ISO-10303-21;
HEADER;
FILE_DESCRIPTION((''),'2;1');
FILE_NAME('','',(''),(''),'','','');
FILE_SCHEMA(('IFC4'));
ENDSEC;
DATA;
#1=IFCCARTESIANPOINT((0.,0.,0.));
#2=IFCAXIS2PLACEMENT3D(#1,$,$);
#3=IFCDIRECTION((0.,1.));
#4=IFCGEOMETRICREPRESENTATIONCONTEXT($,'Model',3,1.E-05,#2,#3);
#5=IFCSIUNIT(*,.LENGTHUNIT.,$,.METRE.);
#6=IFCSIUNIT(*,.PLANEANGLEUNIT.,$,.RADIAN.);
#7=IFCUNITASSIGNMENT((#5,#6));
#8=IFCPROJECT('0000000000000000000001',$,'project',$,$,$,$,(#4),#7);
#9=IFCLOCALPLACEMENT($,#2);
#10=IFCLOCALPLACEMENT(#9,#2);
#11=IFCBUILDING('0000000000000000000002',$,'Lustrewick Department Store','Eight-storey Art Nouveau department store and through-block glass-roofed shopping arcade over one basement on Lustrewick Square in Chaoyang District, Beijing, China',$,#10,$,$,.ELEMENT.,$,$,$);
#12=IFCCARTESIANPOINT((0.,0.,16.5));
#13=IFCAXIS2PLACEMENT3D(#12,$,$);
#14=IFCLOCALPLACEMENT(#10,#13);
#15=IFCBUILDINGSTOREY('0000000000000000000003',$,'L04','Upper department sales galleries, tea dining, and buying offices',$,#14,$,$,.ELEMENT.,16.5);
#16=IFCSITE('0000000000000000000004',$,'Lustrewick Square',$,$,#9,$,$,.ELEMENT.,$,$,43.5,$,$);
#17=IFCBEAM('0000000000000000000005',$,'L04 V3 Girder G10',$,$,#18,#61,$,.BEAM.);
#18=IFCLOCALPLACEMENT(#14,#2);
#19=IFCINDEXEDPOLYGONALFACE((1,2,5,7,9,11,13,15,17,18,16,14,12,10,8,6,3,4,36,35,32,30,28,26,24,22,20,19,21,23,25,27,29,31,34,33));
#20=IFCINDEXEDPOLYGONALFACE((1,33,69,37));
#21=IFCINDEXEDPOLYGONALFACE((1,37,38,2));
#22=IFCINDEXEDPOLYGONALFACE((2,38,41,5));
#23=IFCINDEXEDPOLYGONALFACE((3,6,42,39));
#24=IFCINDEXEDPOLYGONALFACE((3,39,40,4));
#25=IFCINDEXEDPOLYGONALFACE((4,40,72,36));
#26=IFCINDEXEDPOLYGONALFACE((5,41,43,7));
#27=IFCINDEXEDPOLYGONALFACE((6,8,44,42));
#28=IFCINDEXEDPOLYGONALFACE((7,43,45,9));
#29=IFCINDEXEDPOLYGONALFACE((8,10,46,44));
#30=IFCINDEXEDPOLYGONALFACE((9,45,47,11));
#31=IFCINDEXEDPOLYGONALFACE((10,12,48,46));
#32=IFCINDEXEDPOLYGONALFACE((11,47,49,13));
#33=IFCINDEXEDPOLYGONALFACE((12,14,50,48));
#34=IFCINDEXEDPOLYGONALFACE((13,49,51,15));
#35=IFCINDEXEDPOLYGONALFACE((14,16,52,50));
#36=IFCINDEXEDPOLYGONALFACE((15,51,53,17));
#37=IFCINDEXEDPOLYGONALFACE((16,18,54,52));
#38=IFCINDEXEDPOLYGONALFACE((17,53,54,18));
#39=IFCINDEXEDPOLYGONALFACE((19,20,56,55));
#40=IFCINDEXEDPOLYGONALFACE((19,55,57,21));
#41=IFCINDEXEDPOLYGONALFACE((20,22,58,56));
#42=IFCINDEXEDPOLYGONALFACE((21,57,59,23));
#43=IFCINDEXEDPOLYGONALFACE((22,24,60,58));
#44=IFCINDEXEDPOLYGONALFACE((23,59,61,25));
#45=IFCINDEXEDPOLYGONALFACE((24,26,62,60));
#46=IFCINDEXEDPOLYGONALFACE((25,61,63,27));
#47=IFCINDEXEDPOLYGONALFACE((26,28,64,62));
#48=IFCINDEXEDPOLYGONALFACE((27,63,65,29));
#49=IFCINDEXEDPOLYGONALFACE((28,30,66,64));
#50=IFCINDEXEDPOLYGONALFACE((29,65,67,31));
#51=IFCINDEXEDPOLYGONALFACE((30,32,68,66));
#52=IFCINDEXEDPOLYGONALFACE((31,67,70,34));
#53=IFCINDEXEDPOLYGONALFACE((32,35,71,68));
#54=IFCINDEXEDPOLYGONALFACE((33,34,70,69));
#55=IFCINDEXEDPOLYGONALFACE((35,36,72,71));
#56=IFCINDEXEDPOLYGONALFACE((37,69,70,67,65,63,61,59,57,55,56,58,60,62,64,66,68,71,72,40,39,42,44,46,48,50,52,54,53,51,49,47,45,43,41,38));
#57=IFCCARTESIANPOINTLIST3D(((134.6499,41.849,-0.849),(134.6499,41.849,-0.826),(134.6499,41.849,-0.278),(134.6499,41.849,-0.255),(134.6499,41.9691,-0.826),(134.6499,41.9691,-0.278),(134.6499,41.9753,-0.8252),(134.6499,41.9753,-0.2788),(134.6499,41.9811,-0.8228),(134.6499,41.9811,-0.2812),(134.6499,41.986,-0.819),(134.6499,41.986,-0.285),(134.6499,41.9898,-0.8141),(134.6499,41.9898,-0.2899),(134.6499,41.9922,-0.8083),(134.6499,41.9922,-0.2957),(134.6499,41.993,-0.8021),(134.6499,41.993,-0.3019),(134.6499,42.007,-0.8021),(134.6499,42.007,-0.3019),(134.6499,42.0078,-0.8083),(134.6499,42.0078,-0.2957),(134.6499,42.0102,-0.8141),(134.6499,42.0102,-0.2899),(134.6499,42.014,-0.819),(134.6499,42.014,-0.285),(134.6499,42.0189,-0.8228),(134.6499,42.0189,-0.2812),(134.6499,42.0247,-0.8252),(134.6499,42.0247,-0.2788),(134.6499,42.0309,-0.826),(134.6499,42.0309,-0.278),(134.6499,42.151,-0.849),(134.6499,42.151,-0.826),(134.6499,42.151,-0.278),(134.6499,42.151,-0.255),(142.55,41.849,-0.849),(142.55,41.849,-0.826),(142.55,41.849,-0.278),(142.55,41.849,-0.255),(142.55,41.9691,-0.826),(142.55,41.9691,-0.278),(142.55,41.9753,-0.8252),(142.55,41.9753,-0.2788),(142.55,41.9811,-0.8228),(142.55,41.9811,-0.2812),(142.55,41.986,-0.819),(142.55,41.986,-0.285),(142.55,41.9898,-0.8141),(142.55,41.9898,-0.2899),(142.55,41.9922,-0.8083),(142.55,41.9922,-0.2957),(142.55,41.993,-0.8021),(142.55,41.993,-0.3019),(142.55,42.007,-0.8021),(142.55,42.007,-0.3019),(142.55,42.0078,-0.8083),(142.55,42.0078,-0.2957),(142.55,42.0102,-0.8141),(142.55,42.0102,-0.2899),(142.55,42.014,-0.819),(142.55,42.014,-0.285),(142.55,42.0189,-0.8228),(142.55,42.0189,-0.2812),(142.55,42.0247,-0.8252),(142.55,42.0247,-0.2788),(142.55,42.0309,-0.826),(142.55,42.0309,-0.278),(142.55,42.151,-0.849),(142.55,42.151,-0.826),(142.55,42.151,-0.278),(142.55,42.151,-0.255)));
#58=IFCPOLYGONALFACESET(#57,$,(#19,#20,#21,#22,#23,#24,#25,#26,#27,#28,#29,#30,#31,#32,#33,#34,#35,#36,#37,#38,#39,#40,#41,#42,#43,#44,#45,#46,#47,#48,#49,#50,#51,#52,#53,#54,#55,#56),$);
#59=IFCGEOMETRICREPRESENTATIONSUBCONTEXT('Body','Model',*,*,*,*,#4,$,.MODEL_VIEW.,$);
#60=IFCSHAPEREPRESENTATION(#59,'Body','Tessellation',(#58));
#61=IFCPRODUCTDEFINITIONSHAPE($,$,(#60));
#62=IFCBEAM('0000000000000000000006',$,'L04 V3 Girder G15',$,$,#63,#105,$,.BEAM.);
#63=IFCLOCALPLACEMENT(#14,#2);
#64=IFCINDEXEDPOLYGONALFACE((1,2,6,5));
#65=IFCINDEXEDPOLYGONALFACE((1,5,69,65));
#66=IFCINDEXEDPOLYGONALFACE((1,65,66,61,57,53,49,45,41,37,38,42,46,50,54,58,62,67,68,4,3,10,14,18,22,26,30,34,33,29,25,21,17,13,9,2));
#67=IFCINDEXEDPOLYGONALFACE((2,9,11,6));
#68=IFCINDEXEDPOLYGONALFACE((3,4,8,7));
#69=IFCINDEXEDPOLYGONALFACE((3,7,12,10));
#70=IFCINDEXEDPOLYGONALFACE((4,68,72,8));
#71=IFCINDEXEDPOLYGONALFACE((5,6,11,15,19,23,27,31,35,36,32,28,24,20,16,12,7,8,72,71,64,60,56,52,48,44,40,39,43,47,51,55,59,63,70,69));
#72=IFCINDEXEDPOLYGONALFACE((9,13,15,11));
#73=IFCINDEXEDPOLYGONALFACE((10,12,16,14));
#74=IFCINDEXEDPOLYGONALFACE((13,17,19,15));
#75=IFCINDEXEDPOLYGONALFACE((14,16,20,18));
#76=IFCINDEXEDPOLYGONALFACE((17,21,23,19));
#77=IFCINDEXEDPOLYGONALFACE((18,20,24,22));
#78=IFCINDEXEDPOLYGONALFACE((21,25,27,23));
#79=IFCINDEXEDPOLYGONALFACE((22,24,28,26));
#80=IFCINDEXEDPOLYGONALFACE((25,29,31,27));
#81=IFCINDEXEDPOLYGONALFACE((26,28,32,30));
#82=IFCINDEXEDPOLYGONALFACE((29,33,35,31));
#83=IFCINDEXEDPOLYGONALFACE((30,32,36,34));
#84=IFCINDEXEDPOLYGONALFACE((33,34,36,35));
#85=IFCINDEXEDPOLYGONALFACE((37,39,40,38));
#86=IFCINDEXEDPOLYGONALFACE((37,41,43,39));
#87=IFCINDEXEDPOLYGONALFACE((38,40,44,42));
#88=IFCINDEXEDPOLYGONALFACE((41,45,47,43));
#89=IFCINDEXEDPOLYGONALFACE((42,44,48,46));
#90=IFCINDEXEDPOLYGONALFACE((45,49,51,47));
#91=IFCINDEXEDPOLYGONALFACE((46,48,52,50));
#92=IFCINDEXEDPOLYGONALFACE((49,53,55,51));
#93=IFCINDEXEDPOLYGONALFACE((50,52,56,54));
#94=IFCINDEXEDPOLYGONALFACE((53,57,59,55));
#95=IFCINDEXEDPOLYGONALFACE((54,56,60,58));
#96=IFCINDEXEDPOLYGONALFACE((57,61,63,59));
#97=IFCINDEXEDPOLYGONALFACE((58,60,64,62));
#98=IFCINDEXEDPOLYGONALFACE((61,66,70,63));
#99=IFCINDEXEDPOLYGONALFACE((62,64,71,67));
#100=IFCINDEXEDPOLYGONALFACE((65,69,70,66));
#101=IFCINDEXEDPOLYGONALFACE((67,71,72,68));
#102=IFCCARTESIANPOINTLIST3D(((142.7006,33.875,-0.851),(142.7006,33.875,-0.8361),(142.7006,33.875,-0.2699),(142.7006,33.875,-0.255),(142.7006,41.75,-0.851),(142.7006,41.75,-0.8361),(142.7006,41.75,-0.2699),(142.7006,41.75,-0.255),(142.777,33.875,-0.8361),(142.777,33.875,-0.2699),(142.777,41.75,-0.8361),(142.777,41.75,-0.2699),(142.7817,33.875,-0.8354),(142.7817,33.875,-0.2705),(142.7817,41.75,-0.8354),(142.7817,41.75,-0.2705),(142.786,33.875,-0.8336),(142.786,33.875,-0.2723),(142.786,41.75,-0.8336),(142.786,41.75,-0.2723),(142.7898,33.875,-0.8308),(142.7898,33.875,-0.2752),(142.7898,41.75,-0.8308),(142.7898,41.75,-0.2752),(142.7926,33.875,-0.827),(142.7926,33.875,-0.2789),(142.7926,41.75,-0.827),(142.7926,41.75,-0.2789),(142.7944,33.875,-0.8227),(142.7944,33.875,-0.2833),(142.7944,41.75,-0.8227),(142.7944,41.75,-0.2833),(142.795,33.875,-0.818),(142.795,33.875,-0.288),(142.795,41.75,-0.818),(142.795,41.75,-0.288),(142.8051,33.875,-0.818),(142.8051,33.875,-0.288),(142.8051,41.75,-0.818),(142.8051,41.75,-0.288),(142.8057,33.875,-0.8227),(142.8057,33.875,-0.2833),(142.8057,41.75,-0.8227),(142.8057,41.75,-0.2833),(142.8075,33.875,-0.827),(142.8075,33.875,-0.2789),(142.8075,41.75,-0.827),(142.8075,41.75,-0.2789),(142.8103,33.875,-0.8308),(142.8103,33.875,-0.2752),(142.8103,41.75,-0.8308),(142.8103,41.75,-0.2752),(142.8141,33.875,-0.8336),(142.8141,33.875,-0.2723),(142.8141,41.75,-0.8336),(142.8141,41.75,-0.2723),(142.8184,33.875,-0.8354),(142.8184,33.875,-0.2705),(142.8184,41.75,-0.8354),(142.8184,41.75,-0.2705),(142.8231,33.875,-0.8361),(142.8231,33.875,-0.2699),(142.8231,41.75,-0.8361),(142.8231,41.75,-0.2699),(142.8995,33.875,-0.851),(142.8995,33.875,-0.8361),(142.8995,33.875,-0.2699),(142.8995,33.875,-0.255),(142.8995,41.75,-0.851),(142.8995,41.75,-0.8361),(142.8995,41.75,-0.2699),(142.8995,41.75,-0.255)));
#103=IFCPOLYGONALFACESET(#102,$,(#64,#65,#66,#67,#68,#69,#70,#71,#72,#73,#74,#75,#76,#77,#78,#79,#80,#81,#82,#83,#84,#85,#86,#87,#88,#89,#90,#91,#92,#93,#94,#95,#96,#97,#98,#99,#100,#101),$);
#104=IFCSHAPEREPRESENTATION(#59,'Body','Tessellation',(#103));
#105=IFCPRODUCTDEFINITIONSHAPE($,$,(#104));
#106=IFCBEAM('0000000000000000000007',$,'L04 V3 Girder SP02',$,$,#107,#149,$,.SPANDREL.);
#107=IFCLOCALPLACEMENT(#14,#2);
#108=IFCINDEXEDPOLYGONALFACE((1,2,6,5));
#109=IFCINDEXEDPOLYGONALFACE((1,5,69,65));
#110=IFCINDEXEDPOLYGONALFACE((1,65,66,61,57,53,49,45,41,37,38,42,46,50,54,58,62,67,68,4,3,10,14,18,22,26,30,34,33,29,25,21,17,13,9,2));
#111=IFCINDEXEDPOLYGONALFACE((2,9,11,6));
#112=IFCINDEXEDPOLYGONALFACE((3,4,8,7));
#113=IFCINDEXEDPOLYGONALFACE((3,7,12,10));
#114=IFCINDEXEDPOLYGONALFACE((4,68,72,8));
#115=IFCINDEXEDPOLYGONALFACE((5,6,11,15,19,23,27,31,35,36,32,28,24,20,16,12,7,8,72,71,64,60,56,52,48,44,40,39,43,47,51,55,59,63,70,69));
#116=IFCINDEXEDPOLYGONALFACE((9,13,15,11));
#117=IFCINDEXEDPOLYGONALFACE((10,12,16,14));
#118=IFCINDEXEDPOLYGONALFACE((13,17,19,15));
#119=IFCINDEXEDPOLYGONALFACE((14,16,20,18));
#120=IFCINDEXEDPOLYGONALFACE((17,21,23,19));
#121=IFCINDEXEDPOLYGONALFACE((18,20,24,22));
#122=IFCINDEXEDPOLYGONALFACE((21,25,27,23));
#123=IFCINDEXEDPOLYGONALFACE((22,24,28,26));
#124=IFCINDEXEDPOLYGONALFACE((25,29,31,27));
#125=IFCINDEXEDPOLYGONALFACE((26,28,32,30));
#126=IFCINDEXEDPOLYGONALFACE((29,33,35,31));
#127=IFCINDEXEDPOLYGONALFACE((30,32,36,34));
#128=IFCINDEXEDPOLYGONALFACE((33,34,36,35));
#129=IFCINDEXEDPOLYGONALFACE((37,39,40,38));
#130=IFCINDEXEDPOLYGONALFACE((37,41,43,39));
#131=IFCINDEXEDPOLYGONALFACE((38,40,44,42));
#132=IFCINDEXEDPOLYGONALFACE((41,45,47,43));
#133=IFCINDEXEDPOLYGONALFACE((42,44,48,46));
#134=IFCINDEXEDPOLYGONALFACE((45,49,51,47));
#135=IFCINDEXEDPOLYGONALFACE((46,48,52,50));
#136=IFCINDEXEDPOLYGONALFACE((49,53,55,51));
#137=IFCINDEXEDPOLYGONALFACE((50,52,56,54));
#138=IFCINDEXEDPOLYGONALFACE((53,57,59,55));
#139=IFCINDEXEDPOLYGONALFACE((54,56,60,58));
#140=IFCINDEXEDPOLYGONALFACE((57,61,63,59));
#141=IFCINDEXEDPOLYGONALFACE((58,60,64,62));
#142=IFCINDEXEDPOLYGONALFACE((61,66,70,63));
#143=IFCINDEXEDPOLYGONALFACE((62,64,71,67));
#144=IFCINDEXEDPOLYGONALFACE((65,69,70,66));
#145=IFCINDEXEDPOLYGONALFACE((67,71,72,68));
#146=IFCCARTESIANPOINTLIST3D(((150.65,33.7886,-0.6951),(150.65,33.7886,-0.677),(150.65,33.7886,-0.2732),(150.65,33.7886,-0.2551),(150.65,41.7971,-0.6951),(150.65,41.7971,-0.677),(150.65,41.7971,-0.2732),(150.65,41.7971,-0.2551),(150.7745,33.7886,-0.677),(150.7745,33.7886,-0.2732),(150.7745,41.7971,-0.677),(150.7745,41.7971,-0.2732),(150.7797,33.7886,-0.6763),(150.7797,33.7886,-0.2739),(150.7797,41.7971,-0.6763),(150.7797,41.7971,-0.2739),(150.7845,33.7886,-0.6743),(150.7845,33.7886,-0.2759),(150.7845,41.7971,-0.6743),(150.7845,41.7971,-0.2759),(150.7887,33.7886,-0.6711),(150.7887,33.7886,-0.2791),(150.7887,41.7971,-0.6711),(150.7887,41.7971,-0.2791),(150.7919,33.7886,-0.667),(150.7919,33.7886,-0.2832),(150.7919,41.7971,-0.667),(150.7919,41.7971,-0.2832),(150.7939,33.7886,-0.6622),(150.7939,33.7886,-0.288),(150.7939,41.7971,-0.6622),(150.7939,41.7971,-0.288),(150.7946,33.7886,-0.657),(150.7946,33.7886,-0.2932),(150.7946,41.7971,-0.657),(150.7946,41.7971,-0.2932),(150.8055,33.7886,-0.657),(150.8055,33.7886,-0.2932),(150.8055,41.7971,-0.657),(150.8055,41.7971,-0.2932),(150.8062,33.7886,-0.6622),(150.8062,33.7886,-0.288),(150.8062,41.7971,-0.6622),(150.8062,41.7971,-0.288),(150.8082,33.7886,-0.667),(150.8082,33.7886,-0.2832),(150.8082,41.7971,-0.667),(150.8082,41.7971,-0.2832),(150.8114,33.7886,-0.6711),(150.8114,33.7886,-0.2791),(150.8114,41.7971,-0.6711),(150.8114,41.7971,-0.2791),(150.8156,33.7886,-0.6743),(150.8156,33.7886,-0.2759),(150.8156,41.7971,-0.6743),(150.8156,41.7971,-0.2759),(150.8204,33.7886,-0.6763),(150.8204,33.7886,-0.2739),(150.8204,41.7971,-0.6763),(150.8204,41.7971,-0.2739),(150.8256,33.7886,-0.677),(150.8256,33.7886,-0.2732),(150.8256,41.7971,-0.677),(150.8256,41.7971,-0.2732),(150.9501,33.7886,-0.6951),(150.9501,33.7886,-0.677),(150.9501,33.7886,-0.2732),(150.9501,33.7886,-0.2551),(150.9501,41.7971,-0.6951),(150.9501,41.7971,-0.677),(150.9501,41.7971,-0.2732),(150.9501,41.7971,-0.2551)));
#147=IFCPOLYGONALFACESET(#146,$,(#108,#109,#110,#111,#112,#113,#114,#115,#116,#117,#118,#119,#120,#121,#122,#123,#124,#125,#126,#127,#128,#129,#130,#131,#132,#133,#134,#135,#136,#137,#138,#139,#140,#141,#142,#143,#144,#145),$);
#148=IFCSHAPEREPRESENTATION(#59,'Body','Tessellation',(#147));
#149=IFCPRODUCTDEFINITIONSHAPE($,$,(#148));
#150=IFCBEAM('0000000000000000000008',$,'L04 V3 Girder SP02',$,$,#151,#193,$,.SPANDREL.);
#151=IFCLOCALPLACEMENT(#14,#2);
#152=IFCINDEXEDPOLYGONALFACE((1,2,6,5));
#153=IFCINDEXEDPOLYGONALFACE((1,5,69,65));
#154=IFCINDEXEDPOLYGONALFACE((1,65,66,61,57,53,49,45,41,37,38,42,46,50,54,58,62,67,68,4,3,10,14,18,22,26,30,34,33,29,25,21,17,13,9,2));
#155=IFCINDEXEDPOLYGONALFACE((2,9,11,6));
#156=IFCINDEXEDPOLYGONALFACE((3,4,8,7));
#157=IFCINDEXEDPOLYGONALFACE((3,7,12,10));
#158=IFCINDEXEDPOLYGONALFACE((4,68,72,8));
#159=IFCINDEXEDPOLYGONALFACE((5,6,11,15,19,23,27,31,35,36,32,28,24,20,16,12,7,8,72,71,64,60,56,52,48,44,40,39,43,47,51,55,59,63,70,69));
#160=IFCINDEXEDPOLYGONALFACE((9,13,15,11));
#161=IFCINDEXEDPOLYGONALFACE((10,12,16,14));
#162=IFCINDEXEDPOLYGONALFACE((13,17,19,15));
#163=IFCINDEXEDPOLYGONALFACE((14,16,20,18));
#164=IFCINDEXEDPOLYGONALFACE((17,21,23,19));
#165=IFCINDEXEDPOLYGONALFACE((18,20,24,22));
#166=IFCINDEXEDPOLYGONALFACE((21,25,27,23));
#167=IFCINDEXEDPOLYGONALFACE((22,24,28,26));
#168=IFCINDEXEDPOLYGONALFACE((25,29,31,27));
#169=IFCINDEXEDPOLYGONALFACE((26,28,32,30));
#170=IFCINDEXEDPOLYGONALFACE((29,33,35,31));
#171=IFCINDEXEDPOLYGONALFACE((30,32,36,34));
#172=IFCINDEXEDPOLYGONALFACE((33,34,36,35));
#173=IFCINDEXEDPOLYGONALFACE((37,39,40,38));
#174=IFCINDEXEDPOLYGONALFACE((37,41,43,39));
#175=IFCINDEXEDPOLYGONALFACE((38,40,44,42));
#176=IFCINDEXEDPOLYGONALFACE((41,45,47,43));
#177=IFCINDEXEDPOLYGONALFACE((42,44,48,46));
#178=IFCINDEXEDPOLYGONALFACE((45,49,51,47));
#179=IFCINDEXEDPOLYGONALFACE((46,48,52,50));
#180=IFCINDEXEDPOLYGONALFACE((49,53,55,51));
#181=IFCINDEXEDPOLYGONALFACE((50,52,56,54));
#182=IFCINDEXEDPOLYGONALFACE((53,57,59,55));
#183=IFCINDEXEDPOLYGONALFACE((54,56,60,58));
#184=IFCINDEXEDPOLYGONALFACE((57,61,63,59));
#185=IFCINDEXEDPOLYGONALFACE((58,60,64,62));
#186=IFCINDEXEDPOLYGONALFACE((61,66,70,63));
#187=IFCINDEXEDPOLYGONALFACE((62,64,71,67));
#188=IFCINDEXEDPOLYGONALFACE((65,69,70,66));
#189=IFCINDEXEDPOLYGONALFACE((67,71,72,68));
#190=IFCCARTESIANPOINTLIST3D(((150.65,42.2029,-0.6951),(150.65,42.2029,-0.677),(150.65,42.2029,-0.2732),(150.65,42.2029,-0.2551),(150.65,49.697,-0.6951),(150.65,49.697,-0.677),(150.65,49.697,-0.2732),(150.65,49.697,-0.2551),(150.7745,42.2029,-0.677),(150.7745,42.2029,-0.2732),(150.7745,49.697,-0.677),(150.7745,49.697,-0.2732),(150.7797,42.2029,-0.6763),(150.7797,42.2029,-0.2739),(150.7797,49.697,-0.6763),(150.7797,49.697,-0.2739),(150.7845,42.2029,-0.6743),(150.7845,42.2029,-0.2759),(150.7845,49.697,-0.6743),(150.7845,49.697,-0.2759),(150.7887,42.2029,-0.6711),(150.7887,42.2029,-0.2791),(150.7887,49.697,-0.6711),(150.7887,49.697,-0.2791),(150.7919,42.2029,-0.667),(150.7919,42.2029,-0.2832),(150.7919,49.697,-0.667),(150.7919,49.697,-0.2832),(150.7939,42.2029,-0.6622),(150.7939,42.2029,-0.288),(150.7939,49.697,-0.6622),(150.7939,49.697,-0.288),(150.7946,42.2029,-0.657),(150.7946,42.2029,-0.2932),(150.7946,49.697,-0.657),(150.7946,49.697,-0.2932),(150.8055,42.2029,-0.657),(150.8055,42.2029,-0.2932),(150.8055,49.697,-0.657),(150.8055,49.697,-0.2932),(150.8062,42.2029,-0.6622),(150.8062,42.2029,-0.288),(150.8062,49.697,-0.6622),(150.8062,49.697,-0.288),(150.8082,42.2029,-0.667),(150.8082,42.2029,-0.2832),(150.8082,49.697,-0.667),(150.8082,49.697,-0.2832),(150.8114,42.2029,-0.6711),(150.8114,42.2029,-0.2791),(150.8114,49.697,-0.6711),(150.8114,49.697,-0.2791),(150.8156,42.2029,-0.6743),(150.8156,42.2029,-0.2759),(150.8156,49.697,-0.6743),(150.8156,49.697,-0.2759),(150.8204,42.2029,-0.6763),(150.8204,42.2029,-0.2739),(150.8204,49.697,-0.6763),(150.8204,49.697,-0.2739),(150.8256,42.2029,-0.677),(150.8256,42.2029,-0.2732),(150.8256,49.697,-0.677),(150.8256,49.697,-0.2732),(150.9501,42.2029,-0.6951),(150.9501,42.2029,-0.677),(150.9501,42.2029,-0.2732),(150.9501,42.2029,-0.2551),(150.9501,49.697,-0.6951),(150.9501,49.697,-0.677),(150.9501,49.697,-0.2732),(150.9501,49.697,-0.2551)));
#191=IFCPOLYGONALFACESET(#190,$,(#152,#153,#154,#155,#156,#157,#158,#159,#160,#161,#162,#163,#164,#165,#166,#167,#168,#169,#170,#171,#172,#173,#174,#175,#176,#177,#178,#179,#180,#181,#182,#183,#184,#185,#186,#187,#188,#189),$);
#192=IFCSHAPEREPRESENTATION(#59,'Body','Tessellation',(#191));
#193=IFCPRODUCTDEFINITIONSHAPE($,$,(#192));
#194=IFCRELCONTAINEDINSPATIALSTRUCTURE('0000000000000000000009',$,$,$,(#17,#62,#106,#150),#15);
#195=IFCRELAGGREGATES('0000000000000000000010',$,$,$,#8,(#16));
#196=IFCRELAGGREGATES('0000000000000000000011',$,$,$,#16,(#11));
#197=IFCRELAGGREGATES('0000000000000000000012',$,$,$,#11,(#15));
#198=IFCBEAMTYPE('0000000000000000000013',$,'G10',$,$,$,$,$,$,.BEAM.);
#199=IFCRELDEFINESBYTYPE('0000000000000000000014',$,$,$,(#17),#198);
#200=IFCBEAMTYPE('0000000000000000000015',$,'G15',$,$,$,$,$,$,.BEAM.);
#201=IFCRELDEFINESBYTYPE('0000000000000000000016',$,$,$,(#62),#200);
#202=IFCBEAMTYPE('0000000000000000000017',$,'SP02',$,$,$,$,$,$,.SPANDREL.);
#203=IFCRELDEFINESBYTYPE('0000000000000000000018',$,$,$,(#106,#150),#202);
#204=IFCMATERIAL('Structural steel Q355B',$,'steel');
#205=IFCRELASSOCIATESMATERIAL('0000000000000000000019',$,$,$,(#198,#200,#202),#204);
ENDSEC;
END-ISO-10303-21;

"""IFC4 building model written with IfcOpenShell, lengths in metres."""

from ifc_helpers import new_model, si_unit, direction, frame, origin, origin_2d, place, context, subcontext, project, spatial, i_section, extrude, material, material_profile, profile_set, type_object, element, save


model = new_model("IFC4")

# Units and contexts
model_context = context("Model", 3, precision=1e-05, world=origin(), true_north=direction((0.0, 1.0)))
body_context = subcontext(model_context, "Body", "Model", "MODEL_VIEW")
ifc_project = project(units=[si_unit("LENGTHUNIT", "METRE"), si_unit("PLANEANGLEUNIT", "RADIAN")], contexts=[model_context])

# Site, building, storey
site_placement = place(None, origin())
site = spatial("IfcSite", under=ifc_project, at=site_placement, Name="Lustrewick Square", CompositionType="ELEMENT", RefElevation=43.5)
building_placement = place(site_placement, origin())
building = spatial("IfcBuilding", under=site, at=building_placement, Name="Lustrewick Department Store", Description="Eight-storey Art Nouveau department store and through-block glass-roofed shopping arcade over one basement on Lustrewick Square in Chaoyang District, Beijing, China", CompositionType="ELEMENT")
storey_placement = place(building_placement, frame((0.0, 0.0, 16.5)))
storey = spatial("IfcBuildingStorey", under=building, at=storey_placement, Name="L04", Description="Upper department sales galleries, tea dining, and buying offices", CompositionType="ELEMENT", Elevation=16.5)

# Shared definitions
ifc_material_1 = material(Name="Structural steel Q355B", Category="steel")

# Beams
ifc_material_profile_1 = material_profile(ifc_material_1, i_section(OverallWidth=0.302, OverallDepth=0.594, WebThickness=0.0139, FlangeThickness=0.0229, FilletRadius=0.0239, at=origin_2d()), Name="HM 594x302x14x23")
ifc_profile_set_1 = profile_set([ifc_material_profile_1], Name="Structural steel Q355B")
beam_type_1 = type_object("IfcBeamType", Name="G10", PredefinedType="BEAM", material=ifc_profile_set_1)
beam_1_placement = place(storey_placement, frame((134.6499, 42.0, -0.552), z_axis=(1.0, 0.0, 0.0), x_axis=(0.0, 1.0, 0.0)))
element("IfcBeam", 1, at=beam_1_placement, inside=storey, type_object=beam_type_1, Name="L04 V3 Girder G10", PredefinedType="BEAM", context=body_context, shape_type="SweptSolid", body=[
    extrude(i_section(OverallWidth=0.302, OverallDepth=0.594, WebThickness=0.0139, FlangeThickness=0.0229, FilletRadius=0.0239, at=origin_2d()), origin(), (0.0, 0.0, 1.0), 7.9001),
])
ifc_material_profile_2 = material_profile(ifc_material_1, i_section(OverallWidth=0.199, OverallDepth=0.5959, WebThickness=0.01, FlangeThickness=0.0149, FilletRadius=0.0181, at=origin_2d()), Name="HN 596x199x10x15")
ifc_profile_set_2 = profile_set([ifc_material_profile_2], Name="Structural steel Q355B")
beam_type_2 = type_object("IfcBeamType", Name="G15", PredefinedType="BEAM", material=ifc_profile_set_2)
beam_2_placement = place(storey_placement, frame((142.8, 33.875, -0.553), z_axis=(0.0, 1.0, 0.0), x_axis=(-1.0, 0.0, 0.0)))
element("IfcBeam", 2, at=beam_2_placement, inside=storey, type_object=beam_type_2, Name="L04 V3 Girder G15", PredefinedType="BEAM", context=body_context, shape_type="SweptSolid", body=[
    extrude(i_section(OverallWidth=0.199, OverallDepth=0.5959, WebThickness=0.01, FlangeThickness=0.0149, FilletRadius=0.0181, at=origin_2d()), origin(), (0.0, 0.0, 1.0), 7.875),
])
ifc_material_profile_3 = material_profile(ifc_material_1, i_section(OverallWidth=0.3, OverallDepth=0.4399, WebThickness=0.011, FlangeThickness=0.0181, FilletRadius=0.02, at=origin_2d()), Name="HM 440x300x11x18")
ifc_profile_set_3 = profile_set([ifc_material_profile_3], Name="Structural steel Q355B")
beam_type_3 = type_object("IfcBeamType", Name="SP02", PredefinedType="SPANDREL", material=ifc_profile_set_3)
beam_3_placement = place(storey_placement, frame((150.8, 33.7886, -0.4751), z_axis=(0.0, 1.0, 0.0), x_axis=(-1.0, 0.0, 0.0)))
element("IfcBeam", 3, at=beam_3_placement, inside=storey, type_object=beam_type_3, Name="L04 V3 Girder SP02", PredefinedType="SPANDREL", context=body_context, shape_type="SweptSolid", body=[
    extrude(i_section(OverallWidth=0.3, OverallDepth=0.4399, WebThickness=0.011, FlangeThickness=0.0181, FilletRadius=0.02, at=origin_2d()), origin(), (0.0, 0.0, 1.0), 8.0085),
])
beam_4_placement = place(storey_placement, frame((150.8, 42.2029, -0.4751), z_axis=(0.0, 1.0, 0.0), x_axis=(-1.0, 0.0, 0.0)))
element("IfcBeam", 4, at=beam_4_placement, inside=storey, type_object=beam_type_3, Name="L04 V3 Girder SP02", PredefinedType="SPANDREL", context=body_context, shape_type="SweptSolid", body=[
    extrude(i_section(OverallWidth=0.3, OverallDepth=0.4399, WebThickness=0.011, FlangeThickness=0.0181, FilletRadius=0.02, at=origin_2d()), origin(), (0.0, 0.0, 1.0), 7.4941),
])

save(model, "model.ifc")
